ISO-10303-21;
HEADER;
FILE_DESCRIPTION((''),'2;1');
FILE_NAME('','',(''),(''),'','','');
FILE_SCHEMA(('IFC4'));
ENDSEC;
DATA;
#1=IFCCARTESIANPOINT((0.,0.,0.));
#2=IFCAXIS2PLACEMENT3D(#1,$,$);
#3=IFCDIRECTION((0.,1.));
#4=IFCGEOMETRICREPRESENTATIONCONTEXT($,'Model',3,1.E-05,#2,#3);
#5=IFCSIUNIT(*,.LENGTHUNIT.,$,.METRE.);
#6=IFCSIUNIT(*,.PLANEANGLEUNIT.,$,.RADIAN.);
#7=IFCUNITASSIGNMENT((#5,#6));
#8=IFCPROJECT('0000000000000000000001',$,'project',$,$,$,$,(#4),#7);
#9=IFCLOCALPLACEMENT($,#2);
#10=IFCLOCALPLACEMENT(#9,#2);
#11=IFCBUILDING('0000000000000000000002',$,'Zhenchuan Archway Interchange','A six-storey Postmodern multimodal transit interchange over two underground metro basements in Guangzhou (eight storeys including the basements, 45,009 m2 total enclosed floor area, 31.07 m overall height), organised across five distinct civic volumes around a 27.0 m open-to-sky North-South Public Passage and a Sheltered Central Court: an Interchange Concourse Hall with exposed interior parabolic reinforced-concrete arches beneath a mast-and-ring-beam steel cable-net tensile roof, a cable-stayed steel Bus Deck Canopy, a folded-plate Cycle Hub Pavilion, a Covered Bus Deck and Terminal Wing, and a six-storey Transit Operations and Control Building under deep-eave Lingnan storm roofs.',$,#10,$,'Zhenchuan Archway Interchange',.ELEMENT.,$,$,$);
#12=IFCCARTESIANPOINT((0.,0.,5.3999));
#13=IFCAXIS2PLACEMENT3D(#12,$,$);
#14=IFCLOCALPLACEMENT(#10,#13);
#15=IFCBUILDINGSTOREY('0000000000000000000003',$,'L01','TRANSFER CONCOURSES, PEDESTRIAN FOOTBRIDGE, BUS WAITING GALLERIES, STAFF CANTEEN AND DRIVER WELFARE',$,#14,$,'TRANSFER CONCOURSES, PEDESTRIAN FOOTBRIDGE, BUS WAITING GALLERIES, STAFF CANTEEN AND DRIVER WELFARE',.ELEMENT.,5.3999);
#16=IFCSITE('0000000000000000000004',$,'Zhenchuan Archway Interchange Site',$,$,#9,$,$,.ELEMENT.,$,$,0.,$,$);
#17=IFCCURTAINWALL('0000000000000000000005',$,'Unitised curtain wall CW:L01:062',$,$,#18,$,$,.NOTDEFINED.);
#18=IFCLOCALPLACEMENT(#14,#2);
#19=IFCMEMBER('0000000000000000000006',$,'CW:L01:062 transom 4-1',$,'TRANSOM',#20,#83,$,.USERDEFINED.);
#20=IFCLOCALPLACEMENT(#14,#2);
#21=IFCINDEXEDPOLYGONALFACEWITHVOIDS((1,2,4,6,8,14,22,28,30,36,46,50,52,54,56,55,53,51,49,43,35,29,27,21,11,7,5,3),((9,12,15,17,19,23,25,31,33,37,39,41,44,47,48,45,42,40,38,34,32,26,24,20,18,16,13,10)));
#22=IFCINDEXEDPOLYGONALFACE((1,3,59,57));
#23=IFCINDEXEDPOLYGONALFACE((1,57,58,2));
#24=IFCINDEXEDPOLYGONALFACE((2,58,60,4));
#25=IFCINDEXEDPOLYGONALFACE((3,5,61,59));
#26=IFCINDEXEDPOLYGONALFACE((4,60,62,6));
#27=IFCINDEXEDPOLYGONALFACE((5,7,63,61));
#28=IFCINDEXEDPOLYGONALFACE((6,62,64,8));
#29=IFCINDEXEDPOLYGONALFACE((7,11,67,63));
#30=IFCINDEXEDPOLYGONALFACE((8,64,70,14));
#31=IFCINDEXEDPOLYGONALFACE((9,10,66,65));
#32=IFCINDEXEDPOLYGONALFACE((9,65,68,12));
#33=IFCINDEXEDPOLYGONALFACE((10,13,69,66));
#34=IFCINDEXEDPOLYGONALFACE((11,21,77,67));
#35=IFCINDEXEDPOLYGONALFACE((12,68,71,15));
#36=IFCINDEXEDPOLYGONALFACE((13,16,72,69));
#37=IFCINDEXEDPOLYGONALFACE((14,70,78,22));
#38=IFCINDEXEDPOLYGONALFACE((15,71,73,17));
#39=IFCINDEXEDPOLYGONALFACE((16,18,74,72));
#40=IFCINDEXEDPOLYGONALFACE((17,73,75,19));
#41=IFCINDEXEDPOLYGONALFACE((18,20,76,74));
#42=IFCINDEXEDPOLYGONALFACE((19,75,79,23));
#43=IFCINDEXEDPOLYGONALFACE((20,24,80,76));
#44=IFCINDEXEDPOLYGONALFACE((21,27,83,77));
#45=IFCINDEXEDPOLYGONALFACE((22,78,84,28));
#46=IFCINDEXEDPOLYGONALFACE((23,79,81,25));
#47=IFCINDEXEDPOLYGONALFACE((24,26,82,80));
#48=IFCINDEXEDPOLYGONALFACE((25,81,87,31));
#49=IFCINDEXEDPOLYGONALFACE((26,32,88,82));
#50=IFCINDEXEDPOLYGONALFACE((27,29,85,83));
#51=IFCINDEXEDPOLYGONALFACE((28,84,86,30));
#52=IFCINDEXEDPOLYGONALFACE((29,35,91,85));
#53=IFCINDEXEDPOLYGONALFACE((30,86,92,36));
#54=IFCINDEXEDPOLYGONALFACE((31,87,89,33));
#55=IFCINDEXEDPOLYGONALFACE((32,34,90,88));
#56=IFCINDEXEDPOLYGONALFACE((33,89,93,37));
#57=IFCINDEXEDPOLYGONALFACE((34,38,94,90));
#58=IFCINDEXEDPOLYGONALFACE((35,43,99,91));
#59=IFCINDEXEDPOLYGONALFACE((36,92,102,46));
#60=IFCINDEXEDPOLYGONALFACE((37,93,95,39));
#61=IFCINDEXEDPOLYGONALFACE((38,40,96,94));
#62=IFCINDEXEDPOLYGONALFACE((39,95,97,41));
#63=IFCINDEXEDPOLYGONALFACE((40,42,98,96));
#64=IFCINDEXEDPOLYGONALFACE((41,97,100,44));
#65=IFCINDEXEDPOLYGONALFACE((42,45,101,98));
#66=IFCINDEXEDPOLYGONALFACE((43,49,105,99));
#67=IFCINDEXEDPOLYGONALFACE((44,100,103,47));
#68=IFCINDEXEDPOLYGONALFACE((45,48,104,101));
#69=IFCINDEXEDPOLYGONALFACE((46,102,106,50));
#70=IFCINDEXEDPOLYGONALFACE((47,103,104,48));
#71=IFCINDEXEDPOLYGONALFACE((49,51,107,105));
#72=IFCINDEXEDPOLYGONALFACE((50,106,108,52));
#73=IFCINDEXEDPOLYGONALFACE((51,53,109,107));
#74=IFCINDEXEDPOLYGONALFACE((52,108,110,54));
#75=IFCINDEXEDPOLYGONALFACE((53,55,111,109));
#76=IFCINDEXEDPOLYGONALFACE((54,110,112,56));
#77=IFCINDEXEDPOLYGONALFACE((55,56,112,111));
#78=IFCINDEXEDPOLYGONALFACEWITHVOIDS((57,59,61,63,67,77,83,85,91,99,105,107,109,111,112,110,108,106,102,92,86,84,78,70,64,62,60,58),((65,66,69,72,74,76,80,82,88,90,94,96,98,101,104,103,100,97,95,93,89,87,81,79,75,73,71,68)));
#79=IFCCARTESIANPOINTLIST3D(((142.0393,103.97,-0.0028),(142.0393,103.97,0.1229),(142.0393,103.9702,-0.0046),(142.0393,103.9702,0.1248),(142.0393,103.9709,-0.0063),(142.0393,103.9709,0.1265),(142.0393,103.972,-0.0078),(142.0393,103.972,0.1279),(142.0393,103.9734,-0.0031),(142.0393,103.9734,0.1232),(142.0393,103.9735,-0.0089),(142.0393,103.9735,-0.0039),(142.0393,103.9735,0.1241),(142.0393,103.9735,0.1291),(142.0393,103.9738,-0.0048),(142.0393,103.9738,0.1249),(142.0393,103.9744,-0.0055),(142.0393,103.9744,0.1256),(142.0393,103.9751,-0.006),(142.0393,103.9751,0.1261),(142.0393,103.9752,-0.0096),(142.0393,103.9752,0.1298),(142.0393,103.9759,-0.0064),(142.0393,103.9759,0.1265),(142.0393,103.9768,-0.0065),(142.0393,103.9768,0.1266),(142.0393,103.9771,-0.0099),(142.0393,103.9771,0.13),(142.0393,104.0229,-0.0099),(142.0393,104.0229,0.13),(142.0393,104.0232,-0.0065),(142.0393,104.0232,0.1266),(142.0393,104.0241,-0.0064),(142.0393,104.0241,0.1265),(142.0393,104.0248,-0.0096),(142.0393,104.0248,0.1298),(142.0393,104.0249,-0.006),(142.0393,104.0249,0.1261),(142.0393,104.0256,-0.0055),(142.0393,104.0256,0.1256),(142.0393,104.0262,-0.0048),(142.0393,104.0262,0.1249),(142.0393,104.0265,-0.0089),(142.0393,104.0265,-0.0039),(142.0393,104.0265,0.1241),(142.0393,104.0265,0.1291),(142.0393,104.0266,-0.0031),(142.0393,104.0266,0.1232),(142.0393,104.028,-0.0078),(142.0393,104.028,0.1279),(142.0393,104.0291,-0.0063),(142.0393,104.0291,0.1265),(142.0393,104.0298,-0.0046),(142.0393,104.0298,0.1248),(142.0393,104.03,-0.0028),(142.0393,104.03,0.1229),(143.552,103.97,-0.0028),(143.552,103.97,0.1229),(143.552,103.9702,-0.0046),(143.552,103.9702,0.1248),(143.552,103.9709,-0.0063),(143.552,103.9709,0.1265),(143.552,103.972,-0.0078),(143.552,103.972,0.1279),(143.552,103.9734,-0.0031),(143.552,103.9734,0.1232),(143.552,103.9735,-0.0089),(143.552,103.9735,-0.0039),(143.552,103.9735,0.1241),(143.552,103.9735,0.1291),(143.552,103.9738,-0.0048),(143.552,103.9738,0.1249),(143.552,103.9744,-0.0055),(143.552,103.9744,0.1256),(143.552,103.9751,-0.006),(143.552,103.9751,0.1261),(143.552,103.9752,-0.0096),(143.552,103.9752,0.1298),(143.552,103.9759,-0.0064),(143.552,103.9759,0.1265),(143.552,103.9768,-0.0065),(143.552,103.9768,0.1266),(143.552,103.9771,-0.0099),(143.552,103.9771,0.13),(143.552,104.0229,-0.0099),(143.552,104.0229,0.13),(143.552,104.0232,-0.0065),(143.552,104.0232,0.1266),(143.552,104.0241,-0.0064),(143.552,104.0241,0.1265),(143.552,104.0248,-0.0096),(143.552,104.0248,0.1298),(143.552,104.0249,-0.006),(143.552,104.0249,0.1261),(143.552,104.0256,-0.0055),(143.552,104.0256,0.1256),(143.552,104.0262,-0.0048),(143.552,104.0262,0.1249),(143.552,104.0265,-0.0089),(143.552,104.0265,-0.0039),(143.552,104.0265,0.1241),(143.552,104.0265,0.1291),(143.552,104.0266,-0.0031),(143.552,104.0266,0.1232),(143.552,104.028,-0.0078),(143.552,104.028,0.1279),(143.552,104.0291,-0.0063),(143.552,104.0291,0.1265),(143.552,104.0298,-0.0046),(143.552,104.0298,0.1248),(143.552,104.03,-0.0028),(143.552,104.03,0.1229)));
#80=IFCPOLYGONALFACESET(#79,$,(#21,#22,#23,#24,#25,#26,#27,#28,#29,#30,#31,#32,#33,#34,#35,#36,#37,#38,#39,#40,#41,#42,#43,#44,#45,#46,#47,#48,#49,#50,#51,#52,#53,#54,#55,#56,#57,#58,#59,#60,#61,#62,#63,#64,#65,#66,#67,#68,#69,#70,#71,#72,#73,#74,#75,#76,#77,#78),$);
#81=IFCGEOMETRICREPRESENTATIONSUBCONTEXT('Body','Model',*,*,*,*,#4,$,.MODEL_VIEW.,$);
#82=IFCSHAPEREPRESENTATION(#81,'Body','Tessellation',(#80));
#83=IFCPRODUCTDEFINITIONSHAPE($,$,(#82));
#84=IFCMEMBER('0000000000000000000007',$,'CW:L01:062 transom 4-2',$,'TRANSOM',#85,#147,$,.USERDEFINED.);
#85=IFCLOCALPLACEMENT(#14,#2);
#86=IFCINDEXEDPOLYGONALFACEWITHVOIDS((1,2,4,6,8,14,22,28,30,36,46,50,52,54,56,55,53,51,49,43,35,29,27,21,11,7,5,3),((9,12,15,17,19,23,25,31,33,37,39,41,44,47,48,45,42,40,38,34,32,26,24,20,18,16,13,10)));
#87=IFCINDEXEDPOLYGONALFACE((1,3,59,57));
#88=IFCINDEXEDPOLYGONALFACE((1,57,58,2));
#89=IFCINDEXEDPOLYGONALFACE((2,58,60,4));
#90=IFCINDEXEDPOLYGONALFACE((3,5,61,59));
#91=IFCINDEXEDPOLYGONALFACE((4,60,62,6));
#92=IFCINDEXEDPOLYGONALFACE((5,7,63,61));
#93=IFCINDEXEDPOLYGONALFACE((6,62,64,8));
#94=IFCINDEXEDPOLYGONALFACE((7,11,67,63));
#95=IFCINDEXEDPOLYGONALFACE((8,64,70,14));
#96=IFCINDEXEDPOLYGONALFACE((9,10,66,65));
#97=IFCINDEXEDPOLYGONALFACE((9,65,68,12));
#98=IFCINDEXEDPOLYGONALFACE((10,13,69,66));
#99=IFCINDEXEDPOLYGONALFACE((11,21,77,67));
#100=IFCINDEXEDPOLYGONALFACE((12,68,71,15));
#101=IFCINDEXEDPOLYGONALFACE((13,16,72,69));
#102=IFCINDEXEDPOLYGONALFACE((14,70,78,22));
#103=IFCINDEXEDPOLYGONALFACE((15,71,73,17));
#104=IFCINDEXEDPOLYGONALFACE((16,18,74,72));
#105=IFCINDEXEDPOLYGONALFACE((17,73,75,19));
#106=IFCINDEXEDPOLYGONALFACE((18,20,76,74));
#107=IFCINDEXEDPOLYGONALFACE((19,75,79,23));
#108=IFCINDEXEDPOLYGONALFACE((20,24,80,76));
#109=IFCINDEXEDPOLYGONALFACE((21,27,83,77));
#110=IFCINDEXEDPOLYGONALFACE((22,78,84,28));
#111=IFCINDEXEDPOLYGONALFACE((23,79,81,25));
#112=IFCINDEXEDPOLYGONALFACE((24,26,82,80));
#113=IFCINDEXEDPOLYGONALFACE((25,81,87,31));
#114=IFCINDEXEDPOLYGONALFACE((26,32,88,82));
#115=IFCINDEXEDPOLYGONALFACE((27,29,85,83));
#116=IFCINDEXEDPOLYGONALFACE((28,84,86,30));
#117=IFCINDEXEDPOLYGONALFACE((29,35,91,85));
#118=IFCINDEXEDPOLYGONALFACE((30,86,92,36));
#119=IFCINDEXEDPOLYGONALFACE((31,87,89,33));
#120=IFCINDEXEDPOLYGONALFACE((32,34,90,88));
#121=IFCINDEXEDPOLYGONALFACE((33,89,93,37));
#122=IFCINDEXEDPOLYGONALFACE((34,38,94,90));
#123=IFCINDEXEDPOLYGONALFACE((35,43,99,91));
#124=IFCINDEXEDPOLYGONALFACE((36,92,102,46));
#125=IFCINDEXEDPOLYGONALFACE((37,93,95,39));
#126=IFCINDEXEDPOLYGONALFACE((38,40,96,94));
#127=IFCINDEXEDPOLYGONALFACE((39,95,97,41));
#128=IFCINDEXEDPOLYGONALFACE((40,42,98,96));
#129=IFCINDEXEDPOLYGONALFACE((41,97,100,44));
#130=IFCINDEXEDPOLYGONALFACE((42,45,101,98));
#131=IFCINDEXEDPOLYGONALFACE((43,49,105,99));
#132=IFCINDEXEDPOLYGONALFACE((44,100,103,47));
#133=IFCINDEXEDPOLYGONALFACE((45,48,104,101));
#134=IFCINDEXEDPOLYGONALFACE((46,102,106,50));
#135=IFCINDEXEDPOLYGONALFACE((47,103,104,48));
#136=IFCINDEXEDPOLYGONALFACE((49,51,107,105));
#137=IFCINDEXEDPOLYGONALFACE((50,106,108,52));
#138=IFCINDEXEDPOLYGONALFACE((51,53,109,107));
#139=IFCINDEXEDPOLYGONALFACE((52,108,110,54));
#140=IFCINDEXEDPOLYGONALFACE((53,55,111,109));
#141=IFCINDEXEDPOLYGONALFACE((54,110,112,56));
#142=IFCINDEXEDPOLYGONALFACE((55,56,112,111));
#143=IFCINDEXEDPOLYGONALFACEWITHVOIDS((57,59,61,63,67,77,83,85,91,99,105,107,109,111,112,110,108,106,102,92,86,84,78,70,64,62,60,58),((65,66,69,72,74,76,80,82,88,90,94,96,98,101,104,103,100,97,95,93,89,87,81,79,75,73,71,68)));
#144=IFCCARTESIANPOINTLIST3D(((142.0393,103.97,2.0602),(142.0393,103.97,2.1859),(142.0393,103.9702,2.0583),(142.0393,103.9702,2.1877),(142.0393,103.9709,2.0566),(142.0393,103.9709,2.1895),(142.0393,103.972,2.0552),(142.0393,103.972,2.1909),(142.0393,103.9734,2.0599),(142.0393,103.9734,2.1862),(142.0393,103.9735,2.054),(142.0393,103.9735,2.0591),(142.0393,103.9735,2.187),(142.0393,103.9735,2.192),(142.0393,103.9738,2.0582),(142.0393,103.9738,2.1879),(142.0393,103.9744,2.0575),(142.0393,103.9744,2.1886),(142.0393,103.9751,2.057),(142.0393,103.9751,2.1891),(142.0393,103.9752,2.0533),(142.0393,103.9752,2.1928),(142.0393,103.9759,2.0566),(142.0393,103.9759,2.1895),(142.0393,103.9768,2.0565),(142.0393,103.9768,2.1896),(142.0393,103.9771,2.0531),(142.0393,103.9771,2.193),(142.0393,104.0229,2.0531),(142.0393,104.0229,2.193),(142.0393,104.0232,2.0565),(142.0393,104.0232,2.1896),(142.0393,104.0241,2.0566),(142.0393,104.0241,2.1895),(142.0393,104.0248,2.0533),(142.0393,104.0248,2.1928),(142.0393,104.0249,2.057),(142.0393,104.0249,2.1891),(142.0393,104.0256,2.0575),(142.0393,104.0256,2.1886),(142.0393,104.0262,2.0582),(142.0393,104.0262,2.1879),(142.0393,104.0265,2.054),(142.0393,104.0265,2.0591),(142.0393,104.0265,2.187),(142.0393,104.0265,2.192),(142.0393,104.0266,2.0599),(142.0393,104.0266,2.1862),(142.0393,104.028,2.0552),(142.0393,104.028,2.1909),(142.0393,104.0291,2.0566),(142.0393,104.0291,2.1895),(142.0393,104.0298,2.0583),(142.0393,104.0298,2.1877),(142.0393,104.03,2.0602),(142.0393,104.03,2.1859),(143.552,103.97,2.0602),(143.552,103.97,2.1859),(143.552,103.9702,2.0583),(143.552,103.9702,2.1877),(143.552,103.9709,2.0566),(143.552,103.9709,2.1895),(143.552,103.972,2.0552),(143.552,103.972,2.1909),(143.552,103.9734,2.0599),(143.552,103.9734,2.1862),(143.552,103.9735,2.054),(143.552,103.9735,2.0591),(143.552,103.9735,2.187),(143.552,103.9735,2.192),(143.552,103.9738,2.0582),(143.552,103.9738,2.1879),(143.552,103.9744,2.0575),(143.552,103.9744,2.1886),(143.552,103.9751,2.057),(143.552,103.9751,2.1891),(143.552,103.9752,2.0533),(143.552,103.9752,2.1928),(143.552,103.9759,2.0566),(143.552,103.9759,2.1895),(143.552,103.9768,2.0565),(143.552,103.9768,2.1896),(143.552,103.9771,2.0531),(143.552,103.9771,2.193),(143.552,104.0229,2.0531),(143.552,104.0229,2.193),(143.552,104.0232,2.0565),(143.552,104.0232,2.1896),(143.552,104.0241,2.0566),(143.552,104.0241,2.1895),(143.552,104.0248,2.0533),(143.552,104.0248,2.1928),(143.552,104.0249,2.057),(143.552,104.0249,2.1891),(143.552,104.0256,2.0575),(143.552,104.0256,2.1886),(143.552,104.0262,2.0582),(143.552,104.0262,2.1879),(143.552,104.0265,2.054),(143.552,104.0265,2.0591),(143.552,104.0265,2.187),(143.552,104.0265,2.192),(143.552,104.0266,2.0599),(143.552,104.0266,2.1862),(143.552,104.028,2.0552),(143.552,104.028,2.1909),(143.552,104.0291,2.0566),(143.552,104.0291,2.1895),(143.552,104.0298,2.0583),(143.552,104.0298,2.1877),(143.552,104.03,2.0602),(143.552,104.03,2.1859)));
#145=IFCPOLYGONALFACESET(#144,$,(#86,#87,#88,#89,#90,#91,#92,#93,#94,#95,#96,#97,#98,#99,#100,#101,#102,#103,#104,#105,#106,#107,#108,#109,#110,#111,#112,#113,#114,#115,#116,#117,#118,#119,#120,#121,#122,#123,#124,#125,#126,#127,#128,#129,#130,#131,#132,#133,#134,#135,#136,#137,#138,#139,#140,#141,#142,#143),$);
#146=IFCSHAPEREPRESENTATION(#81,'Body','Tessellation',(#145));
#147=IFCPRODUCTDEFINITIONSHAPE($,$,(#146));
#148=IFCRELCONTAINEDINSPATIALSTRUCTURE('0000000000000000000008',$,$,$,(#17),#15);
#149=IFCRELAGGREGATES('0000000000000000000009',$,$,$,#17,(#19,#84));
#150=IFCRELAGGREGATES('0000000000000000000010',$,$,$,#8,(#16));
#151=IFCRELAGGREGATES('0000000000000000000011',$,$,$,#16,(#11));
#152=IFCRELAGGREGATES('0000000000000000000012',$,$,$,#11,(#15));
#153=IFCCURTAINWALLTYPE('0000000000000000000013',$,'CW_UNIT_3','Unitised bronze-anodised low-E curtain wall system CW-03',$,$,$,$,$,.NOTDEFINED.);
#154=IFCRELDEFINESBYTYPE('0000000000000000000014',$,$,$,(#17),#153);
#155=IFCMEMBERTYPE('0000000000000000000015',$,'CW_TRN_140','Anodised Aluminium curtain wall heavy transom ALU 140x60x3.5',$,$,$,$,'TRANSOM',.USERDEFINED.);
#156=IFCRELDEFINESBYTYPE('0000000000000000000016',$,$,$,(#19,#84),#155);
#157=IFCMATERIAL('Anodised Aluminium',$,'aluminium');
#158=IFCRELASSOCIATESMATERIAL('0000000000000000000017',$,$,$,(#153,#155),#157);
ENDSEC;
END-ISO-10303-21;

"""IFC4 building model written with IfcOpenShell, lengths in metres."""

from ifc_helpers import new_model, si_unit, direction, frame, origin, origin_2d, place, context, subcontext, project, spatial, hollow_rectangle, extrude, material, material_profile, profile_set, type_object, element, aggregate, save


model = new_model("IFC4")

# Units and contexts
model_context = context("Model", 3, precision=1e-05, world=origin(), true_north=direction((0.0, 1.0)))
body_context = subcontext(model_context, "Body", "Model", "MODEL_VIEW")
ifc_project = project(units=[si_unit("LENGTHUNIT", "METRE"), si_unit("PLANEANGLEUNIT", "RADIAN")], contexts=[model_context])

# Site, building, storey
site_placement = place(None, origin())
site = spatial("IfcSite", under=ifc_project, at=site_placement, Name="Zhenchuan Archway Interchange Site", CompositionType="ELEMENT", RefElevation=0.0)
building_placement = place(site_placement, origin())
building = spatial("IfcBuilding", under=site, at=building_placement, Name="Zhenchuan Archway Interchange", Description="A six-storey Postmodern multimodal transit interchange over two underground metro basements in Guangzhou (eight storeys including the basements, 45,009 m2 total enclosed floor area, 31.07 m overall height), organised across five distinct civic volumes around a 27.0 m open-to-sky North-South Public Passage and a Sheltered Central Court: an Interchange Concourse Hall with exposed interior parabolic reinforced-concrete arches beneath a mast-and-ring-beam steel cable-net tensile roof, a cable-stayed steel Bus Deck Canopy, a folded-plate Cycle Hub Pavilion, a Covered Bus Deck and Terminal Wing, and a six-storey Transit Operations and Control Building under deep-eave Lingnan storm roofs.", LongName="Zhenchuan Archway Interchange", CompositionType="ELEMENT")
storey_placement = place(building_placement, frame((0.0, 0.0, 5.3999)))
storey = spatial("IfcBuildingStorey", under=building, at=storey_placement, Name="L01", Description="TRANSFER CONCOURSES, PEDESTRIAN FOOTBRIDGE, BUS WAITING GALLERIES, STAFF CANTEEN AND DRIVER WELFARE", LongName="TRANSFER CONCOURSES, PEDESTRIAN FOOTBRIDGE, BUS WAITING GALLERIES, STAFF CANTEEN AND DRIVER WELFARE", CompositionType="ELEMENT", Elevation=5.3999)

# Curtain wall, members
ifc_material_1 = material(Name="Anodised Aluminium", Category="aluminium")
curtain_wall_type = type_object("IfcCurtainWallType", Name="CW_UNIT_3", Description="Unitised bronze-anodised low-E curtain wall system CW-03", PredefinedType="NOTDEFINED", material=ifc_material_1)
curtain_wall_placement = place(storey_placement, origin())
curtain_wall = element("IfcCurtainWall", 1, at=curtain_wall_placement, inside=storey, type_object=curtain_wall_type, Name="Unitised curtain wall CW:L01:062", PredefinedType="NOTDEFINED")
ifc_material_profile_1 = material_profile(ifc_material_1, hollow_rectangle(XDim=0.0601, YDim=0.1399, WallThickness=0.0034, InnerFilletRadius=0.0034, OuterFilletRadius=0.0071, at=origin_2d()), Name="ALU 140x60x3.5")
ifc_profile_set_1 = profile_set([ifc_material_profile_1], Name="Anodised Aluminium")
member_type_1 = type_object("IfcMemberType", Name="CW_TRN_140", Description="Anodised Aluminium curtain wall heavy transom ALU 140x60x3.5", ElementType="TRANSOM", PredefinedType="USERDEFINED", material=ifc_profile_set_1)
member_1_placement = place(storey_placement, frame((142.0393, 104.0, 0.0601), z_axis=(1.0, 0.0, 0.0), x_axis=(0.0, 1.0, 0.0)))
member_1 = element("IfcMember", 2, at=member_1_placement, type_object=member_type_1, Name="CW:L01:062 transom 4-1", ObjectType="TRANSOM", PredefinedType="USERDEFINED", context=body_context, shape_type="SweptSolid", body=[
    extrude(hollow_rectangle(XDim=0.0601, YDim=0.1399, WallThickness=0.0034, InnerFilletRadius=0.0034, OuterFilletRadius=0.0071, at=origin_2d()), origin(), (0.0, 0.0, 1.0), 1.5127),
])
member_2_placement = place(storey_placement, frame((142.0393, 104.0, 2.123), z_axis=(1.0, 0.0, 0.0), x_axis=(0.0, 1.0, 0.0)))
member_2 = element("IfcMember", 3, at=member_2_placement, type_object=member_type_1, Name="CW:L01:062 transom 4-2", ObjectType="TRANSOM", PredefinedType="USERDEFINED", context=body_context, shape_type="SweptSolid", body=[
    extrude(hollow_rectangle(XDim=0.0601, YDim=0.1399, WallThickness=0.0034, InnerFilletRadius=0.0034, OuterFilletRadius=0.0071, at=origin_2d()), origin(), (0.0, 0.0, 1.0), 1.5127),
])

aggregate(curtain_wall, [member_1, member_2])

save(model, "model.ifc")
